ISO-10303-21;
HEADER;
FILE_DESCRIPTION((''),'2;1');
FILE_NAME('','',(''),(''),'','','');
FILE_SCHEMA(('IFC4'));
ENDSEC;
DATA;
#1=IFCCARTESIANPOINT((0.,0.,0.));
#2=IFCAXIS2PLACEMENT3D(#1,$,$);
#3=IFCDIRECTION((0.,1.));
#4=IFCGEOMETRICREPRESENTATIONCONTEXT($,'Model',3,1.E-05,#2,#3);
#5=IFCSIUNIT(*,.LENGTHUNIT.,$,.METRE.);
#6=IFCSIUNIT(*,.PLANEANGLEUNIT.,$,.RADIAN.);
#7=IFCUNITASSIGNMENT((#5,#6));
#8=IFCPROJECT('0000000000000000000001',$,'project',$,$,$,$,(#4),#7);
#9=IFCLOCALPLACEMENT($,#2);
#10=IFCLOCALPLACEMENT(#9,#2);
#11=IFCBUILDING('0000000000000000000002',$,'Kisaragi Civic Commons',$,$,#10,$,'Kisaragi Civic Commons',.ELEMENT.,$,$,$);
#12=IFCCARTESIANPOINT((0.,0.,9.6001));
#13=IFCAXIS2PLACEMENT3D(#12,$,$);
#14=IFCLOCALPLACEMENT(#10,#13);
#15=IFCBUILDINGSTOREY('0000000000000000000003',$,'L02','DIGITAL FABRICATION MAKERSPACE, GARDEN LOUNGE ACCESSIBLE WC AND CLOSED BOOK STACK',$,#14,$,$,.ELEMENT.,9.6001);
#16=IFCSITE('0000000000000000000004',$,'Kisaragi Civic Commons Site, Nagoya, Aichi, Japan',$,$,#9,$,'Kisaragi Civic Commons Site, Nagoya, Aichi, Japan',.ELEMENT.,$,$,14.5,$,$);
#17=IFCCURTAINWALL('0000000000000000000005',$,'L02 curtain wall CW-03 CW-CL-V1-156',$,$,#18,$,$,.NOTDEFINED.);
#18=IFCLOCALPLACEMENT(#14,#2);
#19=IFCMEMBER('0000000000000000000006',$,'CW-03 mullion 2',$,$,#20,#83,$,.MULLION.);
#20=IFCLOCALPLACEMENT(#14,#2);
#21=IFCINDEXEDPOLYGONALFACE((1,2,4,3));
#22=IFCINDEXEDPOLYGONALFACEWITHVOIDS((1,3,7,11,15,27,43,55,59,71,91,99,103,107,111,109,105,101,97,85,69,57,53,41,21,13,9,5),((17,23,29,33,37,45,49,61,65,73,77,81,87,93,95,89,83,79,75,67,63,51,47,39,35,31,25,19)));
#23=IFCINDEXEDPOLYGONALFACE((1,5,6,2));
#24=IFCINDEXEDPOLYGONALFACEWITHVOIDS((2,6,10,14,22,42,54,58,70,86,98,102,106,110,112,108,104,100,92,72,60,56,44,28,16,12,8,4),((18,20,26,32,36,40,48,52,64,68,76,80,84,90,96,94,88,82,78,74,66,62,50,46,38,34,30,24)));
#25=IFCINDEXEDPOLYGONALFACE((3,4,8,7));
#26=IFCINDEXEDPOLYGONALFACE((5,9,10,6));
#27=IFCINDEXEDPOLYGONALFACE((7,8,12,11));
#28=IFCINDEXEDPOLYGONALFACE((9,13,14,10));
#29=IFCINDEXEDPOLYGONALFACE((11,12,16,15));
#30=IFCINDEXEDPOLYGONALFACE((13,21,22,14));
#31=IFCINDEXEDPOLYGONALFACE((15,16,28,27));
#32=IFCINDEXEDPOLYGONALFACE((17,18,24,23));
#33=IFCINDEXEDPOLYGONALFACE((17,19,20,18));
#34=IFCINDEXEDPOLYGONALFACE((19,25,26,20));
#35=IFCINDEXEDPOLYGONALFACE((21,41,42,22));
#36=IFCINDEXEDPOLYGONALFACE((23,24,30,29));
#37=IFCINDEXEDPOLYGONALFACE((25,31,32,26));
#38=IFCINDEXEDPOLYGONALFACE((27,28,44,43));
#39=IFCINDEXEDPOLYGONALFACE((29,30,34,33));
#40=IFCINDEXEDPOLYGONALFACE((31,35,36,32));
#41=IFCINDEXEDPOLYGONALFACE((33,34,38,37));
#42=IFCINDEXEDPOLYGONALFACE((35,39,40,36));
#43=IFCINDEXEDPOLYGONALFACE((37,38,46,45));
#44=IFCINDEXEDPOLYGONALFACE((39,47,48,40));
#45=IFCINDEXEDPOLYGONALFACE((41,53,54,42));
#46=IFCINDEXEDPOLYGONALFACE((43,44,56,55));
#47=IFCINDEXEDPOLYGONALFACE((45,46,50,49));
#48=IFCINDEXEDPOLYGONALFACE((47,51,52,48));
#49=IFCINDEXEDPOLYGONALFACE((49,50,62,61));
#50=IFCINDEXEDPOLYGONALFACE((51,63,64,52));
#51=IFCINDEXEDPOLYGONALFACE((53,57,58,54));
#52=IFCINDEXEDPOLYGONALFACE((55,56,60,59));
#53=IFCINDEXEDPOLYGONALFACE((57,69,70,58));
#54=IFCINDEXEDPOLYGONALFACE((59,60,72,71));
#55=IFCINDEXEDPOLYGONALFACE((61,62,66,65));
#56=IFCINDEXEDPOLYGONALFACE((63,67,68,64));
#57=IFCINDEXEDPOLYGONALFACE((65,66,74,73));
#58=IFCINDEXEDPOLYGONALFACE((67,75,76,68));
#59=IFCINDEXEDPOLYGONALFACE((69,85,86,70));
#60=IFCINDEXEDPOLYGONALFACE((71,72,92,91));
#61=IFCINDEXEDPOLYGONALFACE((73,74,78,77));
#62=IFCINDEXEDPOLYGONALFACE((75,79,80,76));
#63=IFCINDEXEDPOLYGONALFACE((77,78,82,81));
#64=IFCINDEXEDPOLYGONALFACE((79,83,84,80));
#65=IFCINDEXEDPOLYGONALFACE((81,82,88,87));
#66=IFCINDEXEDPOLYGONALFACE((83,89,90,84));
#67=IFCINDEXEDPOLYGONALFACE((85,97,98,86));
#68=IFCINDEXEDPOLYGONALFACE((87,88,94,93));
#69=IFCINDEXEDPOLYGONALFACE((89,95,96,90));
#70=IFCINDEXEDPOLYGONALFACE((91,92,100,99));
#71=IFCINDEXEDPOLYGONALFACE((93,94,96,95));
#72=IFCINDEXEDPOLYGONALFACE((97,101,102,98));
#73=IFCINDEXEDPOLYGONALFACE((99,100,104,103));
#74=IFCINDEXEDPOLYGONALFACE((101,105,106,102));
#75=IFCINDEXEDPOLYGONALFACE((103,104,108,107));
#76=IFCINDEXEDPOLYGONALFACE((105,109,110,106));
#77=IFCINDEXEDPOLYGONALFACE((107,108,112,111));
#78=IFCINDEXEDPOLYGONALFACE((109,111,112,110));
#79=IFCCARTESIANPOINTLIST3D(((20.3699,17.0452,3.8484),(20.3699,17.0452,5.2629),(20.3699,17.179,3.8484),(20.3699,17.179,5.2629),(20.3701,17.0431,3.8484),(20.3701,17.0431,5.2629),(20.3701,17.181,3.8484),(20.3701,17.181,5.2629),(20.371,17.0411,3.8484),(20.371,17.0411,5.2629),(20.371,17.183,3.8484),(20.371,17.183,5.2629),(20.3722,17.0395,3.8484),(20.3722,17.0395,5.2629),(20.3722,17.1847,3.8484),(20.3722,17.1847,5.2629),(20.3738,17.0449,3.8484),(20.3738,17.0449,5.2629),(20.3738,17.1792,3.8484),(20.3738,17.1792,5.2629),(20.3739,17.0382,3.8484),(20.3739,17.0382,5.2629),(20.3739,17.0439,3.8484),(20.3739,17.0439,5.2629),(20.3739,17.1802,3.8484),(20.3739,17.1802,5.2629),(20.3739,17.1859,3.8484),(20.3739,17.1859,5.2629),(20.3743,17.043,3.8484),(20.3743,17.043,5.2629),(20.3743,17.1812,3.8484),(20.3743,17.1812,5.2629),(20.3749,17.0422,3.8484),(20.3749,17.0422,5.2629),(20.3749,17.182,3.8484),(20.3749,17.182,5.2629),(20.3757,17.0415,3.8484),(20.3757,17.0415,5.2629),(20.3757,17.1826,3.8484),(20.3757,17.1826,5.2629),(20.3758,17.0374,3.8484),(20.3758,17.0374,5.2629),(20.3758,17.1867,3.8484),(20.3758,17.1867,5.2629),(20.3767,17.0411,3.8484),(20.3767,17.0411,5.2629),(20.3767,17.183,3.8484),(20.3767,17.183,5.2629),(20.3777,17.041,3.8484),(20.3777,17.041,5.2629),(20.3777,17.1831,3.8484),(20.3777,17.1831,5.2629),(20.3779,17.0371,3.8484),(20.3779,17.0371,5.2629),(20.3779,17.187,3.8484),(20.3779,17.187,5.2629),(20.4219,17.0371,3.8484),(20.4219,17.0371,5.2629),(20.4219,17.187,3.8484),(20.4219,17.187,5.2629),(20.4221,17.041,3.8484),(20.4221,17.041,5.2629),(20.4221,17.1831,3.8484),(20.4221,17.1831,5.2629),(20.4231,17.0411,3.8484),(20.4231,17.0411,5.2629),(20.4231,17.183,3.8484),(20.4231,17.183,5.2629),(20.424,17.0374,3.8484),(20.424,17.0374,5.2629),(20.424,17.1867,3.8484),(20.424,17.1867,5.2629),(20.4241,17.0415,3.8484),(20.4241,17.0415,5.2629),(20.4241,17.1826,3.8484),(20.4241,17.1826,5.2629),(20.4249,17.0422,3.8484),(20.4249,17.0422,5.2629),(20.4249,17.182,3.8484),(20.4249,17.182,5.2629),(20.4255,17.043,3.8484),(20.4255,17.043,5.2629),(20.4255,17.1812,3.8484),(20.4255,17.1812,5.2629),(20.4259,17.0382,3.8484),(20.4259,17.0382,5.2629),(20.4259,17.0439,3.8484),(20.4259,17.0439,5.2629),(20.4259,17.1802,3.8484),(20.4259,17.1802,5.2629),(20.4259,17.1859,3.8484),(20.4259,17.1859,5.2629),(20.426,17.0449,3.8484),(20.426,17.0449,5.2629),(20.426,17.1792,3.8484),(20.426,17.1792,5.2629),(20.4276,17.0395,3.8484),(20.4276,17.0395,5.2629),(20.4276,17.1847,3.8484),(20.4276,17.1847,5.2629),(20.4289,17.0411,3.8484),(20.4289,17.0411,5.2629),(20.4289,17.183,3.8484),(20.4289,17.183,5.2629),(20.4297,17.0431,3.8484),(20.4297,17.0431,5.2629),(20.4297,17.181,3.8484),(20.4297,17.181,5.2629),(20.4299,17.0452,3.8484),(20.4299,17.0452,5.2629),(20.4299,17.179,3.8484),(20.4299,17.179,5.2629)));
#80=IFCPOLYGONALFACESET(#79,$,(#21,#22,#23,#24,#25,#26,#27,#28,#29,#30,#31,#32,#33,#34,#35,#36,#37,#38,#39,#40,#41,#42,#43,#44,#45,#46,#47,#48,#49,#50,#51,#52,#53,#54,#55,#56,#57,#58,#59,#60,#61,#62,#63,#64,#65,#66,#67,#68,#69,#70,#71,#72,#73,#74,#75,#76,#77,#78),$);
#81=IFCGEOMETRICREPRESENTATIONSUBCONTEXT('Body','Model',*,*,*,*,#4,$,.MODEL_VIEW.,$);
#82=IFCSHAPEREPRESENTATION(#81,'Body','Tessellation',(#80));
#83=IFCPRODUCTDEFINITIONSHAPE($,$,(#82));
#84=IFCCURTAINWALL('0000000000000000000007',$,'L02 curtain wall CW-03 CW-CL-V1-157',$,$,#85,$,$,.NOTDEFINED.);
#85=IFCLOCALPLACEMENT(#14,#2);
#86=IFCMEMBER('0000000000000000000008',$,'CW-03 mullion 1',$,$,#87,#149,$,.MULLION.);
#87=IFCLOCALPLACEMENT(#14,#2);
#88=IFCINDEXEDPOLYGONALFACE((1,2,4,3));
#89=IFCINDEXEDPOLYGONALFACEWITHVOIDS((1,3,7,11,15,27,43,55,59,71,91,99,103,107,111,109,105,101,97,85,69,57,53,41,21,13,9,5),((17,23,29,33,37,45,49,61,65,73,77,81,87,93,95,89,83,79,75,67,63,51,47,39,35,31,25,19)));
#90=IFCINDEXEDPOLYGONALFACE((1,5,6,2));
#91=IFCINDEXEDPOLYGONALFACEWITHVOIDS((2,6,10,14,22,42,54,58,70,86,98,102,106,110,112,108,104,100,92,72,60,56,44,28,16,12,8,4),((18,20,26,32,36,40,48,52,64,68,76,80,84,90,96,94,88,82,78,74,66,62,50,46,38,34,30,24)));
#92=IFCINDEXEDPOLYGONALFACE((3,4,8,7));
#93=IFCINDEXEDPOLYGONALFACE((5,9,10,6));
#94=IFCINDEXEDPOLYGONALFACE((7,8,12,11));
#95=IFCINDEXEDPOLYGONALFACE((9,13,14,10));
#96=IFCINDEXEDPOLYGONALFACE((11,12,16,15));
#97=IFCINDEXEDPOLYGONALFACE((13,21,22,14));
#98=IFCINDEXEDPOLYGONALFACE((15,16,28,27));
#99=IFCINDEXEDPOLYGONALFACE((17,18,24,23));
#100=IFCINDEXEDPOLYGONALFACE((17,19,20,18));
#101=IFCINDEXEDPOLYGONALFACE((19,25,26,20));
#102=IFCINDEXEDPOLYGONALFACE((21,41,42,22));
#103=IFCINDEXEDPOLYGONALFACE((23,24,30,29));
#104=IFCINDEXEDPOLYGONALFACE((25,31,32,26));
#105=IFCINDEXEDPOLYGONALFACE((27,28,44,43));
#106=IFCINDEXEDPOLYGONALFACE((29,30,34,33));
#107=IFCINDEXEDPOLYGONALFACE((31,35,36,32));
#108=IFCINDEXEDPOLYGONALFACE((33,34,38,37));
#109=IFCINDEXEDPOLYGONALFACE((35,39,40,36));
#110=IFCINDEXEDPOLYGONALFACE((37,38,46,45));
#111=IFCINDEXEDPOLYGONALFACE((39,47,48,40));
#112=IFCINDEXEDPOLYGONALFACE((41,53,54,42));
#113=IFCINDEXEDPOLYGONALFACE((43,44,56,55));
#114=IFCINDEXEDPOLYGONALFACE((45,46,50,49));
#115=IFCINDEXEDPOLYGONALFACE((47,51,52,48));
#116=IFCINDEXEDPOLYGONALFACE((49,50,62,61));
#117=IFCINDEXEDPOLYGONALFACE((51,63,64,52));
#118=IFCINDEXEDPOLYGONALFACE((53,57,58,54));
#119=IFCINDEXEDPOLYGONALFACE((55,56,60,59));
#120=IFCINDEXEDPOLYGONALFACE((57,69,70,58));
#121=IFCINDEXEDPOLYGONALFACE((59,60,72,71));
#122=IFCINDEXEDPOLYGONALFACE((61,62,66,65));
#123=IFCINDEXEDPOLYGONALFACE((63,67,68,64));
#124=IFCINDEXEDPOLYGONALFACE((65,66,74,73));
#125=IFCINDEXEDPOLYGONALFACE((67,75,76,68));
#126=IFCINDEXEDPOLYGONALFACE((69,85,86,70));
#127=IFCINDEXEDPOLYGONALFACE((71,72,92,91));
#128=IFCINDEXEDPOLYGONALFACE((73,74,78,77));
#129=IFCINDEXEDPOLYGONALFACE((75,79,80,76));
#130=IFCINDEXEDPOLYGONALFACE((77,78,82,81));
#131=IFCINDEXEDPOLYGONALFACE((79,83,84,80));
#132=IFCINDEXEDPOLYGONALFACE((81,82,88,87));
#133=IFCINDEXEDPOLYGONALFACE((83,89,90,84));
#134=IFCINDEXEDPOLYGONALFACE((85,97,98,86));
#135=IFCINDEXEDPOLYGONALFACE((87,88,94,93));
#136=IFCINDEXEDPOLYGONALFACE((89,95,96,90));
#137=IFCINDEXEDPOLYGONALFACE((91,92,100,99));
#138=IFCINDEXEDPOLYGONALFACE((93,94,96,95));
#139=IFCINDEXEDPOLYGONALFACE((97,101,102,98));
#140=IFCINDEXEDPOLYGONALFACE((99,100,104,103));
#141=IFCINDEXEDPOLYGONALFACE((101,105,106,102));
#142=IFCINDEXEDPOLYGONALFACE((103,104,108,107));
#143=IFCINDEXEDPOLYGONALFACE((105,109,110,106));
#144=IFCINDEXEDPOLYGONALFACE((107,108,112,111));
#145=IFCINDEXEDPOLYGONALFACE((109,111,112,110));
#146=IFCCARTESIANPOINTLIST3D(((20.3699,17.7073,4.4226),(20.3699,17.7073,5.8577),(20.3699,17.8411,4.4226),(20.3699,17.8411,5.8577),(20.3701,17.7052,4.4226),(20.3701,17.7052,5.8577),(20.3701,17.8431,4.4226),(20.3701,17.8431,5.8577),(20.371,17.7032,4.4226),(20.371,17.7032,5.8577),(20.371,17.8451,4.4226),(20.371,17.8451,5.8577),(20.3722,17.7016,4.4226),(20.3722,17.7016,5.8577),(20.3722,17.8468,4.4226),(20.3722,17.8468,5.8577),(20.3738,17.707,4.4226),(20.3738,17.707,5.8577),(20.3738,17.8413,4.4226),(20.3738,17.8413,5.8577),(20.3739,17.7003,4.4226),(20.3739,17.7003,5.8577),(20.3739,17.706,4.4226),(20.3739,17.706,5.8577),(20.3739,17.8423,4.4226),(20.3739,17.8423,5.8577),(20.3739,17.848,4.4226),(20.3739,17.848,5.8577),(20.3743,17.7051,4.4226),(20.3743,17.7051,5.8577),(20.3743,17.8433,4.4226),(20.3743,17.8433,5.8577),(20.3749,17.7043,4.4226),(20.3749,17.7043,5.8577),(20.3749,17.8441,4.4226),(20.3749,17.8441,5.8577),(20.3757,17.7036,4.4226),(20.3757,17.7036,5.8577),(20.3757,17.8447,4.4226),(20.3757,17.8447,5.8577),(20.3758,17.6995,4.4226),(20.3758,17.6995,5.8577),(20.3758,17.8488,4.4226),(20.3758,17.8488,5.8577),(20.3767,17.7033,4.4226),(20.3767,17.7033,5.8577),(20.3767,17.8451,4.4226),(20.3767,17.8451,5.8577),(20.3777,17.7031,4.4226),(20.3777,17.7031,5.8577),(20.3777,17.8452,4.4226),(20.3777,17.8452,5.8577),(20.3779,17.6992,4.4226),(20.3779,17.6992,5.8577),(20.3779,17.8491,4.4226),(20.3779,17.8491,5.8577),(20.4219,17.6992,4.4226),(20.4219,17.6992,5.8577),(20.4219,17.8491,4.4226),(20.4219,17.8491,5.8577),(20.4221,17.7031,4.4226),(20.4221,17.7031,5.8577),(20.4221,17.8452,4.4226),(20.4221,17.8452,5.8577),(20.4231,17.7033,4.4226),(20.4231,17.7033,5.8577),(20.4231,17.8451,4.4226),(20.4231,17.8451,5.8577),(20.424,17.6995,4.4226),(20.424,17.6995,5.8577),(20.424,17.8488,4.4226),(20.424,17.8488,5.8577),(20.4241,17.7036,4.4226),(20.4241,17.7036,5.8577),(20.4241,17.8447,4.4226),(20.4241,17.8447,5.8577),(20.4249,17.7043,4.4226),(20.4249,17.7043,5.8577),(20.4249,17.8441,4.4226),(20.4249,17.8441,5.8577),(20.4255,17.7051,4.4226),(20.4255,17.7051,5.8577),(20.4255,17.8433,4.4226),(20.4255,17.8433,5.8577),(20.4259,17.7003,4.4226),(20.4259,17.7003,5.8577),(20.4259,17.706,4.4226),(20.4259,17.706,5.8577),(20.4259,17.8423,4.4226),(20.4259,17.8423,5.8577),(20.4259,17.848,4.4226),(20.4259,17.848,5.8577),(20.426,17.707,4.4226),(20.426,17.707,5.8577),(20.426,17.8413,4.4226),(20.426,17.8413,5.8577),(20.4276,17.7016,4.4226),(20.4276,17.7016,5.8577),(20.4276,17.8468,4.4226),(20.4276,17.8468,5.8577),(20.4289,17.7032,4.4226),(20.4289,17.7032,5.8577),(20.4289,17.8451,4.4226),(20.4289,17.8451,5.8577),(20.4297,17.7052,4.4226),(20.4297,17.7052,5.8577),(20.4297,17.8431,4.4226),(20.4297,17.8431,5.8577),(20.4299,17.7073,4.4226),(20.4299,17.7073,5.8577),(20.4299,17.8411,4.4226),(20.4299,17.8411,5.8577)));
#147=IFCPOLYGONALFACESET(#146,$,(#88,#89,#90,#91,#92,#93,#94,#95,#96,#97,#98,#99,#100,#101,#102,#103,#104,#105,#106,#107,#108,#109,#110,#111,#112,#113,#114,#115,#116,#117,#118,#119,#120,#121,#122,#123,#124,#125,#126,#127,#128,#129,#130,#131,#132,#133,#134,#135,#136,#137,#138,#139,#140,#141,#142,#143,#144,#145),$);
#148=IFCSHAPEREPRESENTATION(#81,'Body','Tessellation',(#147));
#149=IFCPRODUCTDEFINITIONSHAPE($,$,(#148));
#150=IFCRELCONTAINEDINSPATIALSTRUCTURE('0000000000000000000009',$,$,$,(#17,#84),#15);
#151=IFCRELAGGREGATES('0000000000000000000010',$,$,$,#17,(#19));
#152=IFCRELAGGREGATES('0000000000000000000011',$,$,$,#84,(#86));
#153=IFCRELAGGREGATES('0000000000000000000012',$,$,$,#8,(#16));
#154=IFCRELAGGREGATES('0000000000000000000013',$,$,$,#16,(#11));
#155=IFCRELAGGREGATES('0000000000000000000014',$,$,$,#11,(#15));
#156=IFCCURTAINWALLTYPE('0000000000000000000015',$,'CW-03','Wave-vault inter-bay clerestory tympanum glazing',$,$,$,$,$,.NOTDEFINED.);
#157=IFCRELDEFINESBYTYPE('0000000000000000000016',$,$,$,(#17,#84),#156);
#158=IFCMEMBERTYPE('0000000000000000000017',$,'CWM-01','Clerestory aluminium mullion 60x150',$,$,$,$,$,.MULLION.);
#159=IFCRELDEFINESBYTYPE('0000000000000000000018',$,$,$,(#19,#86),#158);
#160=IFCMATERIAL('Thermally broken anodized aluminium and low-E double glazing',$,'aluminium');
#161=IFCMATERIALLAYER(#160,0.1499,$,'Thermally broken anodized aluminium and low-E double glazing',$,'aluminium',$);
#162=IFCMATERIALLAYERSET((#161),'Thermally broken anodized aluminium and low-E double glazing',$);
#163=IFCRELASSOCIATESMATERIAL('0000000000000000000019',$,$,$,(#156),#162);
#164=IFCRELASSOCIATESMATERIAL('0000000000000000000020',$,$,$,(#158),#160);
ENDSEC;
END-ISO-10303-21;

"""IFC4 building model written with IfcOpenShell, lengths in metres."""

from ifc_helpers import new_model, si_unit, direction, frame, origin, origin_2d, place, context, subcontext, project, spatial, hollow_rectangle, extrude, material, layer, layer_set, material_profile, profile_set, type_object, element, aggregate, save


model = new_model("IFC4")

# Units and contexts
model_context = context("Model", 3, precision=1e-05, world=origin(), true_north=direction((0.0, 1.0)))
body_context = subcontext(model_context, "Body", "Model", "MODEL_VIEW")
ifc_project = project(units=[si_unit("LENGTHUNIT", "METRE"), si_unit("PLANEANGLEUNIT", "RADIAN")], contexts=[model_context])

# Site, building, storey
site_placement = place(None, origin())
site = spatial("IfcSite", under=ifc_project, at=site_placement, Name="Kisaragi Civic Commons Site, Nagoya, Aichi, Japan", LongName="Kisaragi Civic Commons Site, Nagoya, Aichi, Japan", CompositionType="ELEMENT", RefElevation=14.5)
building_placement = place(site_placement, origin())
building = spatial("IfcBuilding", under=site, at=building_placement, Name="Kisaragi Civic Commons", LongName="Kisaragi Civic Commons", CompositionType="ELEMENT")
storey_placement = place(building_placement, frame((0.0, 0.0, 9.6001)))
storey = spatial("IfcBuildingStorey", under=building, at=storey_placement, Name="L02", Description="DIGITAL FABRICATION MAKERSPACE, GARDEN LOUNGE ACCESSIBLE WC AND CLOSED BOOK STACK", CompositionType="ELEMENT", Elevation=9.6001)

# Curtain wall, member
ifc_material_1 = material(Name="Thermally broken anodized aluminium and low-E double glazing", Category="aluminium")
ifc_layer_1 = layer(ifc_material_1, 0.1499, Name="Thermally broken anodized aluminium and low-E double glazing", Category="aluminium")
ifc_layer_set_1 = layer_set([ifc_layer_1], Name="Thermally broken anodized aluminium and low-E double glazing")
curtain_wall_type = type_object("IfcCurtainWallType", Name="CW-03", Description="Wave-vault inter-bay clerestory tympanum glazing", PredefinedType="NOTDEFINED", material=ifc_layer_set_1)
curtain_wall_1_placement = place(storey_placement, origin())
curtain_wall_1 = element("IfcCurtainWall", 1, at=curtain_wall_1_placement, inside=storey, type_object=curtain_wall_type, Name="L02 curtain wall CW-03 CW-CL-V1-156", PredefinedType="NOTDEFINED")
ifc_material_profile_1 = material_profile(ifc_material_1, hollow_rectangle(XDim=0.0601, YDim=0.1499, WallThickness=0.0039, InnerFilletRadius=0.0039, OuterFilletRadius=0.0081, at=origin_2d()), Name="CWM-60x150x4", Category="aluminium")
ifc_profile_set_1 = profile_set([ifc_material_profile_1], Name="Thermally broken anodized aluminium and low-E double glazing")
member_type_1 = type_object("IfcMemberType", Name="CWM-01", Description="Clerestory aluminium mullion 60x150", PredefinedType="MULLION", material=ifc_profile_set_1)
member_1_placement = place(storey_placement, frame((20.3999, 17.1121, 3.8484), z_axis=(0.0, 0.0, 1.0), x_axis=(-1.0, 0.0, 0.0)))
member_1 = element("IfcMember", 2, at=member_1_placement, type_object=member_type_1, Name="CW-03 mullion 2", PredefinedType="MULLION", context=body_context, shape_type="SweptSolid", body=[
    extrude(hollow_rectangle(XDim=0.0601, YDim=0.1499, WallThickness=0.0039, InnerFilletRadius=0.0039, OuterFilletRadius=0.0081, at=origin_2d()), origin(), (0.0, 0.0, 1.0), 1.4146),
])
aggregate(curtain_wall_1, [member_1])

# Curtain wall, member
curtain_wall_2_placement = place(storey_placement, origin())
curtain_wall_2 = element("IfcCurtainWall", 3, at=curtain_wall_2_placement, inside=storey, type_object=curtain_wall_type, Name="L02 curtain wall CW-03 CW-CL-V1-157", PredefinedType="NOTDEFINED")
member_2_placement = place(storey_placement, frame((20.3999, 17.7742, 4.4226), z_axis=(0.0, 0.0, 1.0), x_axis=(-1.0, 0.0, 0.0)))
member_2 = element("IfcMember", 4, at=member_2_placement, type_object=member_type_1, Name="CW-03 mullion 1", PredefinedType="MULLION", context=body_context, shape_type="SweptSolid", body=[
    extrude(hollow_rectangle(XDim=0.0601, YDim=0.1499, WallThickness=0.0039, InnerFilletRadius=0.0039, OuterFilletRadius=0.0081, at=origin_2d()), origin(), (0.0, 0.0, 1.0), 1.4351),
])

aggregate(curtain_wall_2, [member_2])

save(model, "model.ifc")
